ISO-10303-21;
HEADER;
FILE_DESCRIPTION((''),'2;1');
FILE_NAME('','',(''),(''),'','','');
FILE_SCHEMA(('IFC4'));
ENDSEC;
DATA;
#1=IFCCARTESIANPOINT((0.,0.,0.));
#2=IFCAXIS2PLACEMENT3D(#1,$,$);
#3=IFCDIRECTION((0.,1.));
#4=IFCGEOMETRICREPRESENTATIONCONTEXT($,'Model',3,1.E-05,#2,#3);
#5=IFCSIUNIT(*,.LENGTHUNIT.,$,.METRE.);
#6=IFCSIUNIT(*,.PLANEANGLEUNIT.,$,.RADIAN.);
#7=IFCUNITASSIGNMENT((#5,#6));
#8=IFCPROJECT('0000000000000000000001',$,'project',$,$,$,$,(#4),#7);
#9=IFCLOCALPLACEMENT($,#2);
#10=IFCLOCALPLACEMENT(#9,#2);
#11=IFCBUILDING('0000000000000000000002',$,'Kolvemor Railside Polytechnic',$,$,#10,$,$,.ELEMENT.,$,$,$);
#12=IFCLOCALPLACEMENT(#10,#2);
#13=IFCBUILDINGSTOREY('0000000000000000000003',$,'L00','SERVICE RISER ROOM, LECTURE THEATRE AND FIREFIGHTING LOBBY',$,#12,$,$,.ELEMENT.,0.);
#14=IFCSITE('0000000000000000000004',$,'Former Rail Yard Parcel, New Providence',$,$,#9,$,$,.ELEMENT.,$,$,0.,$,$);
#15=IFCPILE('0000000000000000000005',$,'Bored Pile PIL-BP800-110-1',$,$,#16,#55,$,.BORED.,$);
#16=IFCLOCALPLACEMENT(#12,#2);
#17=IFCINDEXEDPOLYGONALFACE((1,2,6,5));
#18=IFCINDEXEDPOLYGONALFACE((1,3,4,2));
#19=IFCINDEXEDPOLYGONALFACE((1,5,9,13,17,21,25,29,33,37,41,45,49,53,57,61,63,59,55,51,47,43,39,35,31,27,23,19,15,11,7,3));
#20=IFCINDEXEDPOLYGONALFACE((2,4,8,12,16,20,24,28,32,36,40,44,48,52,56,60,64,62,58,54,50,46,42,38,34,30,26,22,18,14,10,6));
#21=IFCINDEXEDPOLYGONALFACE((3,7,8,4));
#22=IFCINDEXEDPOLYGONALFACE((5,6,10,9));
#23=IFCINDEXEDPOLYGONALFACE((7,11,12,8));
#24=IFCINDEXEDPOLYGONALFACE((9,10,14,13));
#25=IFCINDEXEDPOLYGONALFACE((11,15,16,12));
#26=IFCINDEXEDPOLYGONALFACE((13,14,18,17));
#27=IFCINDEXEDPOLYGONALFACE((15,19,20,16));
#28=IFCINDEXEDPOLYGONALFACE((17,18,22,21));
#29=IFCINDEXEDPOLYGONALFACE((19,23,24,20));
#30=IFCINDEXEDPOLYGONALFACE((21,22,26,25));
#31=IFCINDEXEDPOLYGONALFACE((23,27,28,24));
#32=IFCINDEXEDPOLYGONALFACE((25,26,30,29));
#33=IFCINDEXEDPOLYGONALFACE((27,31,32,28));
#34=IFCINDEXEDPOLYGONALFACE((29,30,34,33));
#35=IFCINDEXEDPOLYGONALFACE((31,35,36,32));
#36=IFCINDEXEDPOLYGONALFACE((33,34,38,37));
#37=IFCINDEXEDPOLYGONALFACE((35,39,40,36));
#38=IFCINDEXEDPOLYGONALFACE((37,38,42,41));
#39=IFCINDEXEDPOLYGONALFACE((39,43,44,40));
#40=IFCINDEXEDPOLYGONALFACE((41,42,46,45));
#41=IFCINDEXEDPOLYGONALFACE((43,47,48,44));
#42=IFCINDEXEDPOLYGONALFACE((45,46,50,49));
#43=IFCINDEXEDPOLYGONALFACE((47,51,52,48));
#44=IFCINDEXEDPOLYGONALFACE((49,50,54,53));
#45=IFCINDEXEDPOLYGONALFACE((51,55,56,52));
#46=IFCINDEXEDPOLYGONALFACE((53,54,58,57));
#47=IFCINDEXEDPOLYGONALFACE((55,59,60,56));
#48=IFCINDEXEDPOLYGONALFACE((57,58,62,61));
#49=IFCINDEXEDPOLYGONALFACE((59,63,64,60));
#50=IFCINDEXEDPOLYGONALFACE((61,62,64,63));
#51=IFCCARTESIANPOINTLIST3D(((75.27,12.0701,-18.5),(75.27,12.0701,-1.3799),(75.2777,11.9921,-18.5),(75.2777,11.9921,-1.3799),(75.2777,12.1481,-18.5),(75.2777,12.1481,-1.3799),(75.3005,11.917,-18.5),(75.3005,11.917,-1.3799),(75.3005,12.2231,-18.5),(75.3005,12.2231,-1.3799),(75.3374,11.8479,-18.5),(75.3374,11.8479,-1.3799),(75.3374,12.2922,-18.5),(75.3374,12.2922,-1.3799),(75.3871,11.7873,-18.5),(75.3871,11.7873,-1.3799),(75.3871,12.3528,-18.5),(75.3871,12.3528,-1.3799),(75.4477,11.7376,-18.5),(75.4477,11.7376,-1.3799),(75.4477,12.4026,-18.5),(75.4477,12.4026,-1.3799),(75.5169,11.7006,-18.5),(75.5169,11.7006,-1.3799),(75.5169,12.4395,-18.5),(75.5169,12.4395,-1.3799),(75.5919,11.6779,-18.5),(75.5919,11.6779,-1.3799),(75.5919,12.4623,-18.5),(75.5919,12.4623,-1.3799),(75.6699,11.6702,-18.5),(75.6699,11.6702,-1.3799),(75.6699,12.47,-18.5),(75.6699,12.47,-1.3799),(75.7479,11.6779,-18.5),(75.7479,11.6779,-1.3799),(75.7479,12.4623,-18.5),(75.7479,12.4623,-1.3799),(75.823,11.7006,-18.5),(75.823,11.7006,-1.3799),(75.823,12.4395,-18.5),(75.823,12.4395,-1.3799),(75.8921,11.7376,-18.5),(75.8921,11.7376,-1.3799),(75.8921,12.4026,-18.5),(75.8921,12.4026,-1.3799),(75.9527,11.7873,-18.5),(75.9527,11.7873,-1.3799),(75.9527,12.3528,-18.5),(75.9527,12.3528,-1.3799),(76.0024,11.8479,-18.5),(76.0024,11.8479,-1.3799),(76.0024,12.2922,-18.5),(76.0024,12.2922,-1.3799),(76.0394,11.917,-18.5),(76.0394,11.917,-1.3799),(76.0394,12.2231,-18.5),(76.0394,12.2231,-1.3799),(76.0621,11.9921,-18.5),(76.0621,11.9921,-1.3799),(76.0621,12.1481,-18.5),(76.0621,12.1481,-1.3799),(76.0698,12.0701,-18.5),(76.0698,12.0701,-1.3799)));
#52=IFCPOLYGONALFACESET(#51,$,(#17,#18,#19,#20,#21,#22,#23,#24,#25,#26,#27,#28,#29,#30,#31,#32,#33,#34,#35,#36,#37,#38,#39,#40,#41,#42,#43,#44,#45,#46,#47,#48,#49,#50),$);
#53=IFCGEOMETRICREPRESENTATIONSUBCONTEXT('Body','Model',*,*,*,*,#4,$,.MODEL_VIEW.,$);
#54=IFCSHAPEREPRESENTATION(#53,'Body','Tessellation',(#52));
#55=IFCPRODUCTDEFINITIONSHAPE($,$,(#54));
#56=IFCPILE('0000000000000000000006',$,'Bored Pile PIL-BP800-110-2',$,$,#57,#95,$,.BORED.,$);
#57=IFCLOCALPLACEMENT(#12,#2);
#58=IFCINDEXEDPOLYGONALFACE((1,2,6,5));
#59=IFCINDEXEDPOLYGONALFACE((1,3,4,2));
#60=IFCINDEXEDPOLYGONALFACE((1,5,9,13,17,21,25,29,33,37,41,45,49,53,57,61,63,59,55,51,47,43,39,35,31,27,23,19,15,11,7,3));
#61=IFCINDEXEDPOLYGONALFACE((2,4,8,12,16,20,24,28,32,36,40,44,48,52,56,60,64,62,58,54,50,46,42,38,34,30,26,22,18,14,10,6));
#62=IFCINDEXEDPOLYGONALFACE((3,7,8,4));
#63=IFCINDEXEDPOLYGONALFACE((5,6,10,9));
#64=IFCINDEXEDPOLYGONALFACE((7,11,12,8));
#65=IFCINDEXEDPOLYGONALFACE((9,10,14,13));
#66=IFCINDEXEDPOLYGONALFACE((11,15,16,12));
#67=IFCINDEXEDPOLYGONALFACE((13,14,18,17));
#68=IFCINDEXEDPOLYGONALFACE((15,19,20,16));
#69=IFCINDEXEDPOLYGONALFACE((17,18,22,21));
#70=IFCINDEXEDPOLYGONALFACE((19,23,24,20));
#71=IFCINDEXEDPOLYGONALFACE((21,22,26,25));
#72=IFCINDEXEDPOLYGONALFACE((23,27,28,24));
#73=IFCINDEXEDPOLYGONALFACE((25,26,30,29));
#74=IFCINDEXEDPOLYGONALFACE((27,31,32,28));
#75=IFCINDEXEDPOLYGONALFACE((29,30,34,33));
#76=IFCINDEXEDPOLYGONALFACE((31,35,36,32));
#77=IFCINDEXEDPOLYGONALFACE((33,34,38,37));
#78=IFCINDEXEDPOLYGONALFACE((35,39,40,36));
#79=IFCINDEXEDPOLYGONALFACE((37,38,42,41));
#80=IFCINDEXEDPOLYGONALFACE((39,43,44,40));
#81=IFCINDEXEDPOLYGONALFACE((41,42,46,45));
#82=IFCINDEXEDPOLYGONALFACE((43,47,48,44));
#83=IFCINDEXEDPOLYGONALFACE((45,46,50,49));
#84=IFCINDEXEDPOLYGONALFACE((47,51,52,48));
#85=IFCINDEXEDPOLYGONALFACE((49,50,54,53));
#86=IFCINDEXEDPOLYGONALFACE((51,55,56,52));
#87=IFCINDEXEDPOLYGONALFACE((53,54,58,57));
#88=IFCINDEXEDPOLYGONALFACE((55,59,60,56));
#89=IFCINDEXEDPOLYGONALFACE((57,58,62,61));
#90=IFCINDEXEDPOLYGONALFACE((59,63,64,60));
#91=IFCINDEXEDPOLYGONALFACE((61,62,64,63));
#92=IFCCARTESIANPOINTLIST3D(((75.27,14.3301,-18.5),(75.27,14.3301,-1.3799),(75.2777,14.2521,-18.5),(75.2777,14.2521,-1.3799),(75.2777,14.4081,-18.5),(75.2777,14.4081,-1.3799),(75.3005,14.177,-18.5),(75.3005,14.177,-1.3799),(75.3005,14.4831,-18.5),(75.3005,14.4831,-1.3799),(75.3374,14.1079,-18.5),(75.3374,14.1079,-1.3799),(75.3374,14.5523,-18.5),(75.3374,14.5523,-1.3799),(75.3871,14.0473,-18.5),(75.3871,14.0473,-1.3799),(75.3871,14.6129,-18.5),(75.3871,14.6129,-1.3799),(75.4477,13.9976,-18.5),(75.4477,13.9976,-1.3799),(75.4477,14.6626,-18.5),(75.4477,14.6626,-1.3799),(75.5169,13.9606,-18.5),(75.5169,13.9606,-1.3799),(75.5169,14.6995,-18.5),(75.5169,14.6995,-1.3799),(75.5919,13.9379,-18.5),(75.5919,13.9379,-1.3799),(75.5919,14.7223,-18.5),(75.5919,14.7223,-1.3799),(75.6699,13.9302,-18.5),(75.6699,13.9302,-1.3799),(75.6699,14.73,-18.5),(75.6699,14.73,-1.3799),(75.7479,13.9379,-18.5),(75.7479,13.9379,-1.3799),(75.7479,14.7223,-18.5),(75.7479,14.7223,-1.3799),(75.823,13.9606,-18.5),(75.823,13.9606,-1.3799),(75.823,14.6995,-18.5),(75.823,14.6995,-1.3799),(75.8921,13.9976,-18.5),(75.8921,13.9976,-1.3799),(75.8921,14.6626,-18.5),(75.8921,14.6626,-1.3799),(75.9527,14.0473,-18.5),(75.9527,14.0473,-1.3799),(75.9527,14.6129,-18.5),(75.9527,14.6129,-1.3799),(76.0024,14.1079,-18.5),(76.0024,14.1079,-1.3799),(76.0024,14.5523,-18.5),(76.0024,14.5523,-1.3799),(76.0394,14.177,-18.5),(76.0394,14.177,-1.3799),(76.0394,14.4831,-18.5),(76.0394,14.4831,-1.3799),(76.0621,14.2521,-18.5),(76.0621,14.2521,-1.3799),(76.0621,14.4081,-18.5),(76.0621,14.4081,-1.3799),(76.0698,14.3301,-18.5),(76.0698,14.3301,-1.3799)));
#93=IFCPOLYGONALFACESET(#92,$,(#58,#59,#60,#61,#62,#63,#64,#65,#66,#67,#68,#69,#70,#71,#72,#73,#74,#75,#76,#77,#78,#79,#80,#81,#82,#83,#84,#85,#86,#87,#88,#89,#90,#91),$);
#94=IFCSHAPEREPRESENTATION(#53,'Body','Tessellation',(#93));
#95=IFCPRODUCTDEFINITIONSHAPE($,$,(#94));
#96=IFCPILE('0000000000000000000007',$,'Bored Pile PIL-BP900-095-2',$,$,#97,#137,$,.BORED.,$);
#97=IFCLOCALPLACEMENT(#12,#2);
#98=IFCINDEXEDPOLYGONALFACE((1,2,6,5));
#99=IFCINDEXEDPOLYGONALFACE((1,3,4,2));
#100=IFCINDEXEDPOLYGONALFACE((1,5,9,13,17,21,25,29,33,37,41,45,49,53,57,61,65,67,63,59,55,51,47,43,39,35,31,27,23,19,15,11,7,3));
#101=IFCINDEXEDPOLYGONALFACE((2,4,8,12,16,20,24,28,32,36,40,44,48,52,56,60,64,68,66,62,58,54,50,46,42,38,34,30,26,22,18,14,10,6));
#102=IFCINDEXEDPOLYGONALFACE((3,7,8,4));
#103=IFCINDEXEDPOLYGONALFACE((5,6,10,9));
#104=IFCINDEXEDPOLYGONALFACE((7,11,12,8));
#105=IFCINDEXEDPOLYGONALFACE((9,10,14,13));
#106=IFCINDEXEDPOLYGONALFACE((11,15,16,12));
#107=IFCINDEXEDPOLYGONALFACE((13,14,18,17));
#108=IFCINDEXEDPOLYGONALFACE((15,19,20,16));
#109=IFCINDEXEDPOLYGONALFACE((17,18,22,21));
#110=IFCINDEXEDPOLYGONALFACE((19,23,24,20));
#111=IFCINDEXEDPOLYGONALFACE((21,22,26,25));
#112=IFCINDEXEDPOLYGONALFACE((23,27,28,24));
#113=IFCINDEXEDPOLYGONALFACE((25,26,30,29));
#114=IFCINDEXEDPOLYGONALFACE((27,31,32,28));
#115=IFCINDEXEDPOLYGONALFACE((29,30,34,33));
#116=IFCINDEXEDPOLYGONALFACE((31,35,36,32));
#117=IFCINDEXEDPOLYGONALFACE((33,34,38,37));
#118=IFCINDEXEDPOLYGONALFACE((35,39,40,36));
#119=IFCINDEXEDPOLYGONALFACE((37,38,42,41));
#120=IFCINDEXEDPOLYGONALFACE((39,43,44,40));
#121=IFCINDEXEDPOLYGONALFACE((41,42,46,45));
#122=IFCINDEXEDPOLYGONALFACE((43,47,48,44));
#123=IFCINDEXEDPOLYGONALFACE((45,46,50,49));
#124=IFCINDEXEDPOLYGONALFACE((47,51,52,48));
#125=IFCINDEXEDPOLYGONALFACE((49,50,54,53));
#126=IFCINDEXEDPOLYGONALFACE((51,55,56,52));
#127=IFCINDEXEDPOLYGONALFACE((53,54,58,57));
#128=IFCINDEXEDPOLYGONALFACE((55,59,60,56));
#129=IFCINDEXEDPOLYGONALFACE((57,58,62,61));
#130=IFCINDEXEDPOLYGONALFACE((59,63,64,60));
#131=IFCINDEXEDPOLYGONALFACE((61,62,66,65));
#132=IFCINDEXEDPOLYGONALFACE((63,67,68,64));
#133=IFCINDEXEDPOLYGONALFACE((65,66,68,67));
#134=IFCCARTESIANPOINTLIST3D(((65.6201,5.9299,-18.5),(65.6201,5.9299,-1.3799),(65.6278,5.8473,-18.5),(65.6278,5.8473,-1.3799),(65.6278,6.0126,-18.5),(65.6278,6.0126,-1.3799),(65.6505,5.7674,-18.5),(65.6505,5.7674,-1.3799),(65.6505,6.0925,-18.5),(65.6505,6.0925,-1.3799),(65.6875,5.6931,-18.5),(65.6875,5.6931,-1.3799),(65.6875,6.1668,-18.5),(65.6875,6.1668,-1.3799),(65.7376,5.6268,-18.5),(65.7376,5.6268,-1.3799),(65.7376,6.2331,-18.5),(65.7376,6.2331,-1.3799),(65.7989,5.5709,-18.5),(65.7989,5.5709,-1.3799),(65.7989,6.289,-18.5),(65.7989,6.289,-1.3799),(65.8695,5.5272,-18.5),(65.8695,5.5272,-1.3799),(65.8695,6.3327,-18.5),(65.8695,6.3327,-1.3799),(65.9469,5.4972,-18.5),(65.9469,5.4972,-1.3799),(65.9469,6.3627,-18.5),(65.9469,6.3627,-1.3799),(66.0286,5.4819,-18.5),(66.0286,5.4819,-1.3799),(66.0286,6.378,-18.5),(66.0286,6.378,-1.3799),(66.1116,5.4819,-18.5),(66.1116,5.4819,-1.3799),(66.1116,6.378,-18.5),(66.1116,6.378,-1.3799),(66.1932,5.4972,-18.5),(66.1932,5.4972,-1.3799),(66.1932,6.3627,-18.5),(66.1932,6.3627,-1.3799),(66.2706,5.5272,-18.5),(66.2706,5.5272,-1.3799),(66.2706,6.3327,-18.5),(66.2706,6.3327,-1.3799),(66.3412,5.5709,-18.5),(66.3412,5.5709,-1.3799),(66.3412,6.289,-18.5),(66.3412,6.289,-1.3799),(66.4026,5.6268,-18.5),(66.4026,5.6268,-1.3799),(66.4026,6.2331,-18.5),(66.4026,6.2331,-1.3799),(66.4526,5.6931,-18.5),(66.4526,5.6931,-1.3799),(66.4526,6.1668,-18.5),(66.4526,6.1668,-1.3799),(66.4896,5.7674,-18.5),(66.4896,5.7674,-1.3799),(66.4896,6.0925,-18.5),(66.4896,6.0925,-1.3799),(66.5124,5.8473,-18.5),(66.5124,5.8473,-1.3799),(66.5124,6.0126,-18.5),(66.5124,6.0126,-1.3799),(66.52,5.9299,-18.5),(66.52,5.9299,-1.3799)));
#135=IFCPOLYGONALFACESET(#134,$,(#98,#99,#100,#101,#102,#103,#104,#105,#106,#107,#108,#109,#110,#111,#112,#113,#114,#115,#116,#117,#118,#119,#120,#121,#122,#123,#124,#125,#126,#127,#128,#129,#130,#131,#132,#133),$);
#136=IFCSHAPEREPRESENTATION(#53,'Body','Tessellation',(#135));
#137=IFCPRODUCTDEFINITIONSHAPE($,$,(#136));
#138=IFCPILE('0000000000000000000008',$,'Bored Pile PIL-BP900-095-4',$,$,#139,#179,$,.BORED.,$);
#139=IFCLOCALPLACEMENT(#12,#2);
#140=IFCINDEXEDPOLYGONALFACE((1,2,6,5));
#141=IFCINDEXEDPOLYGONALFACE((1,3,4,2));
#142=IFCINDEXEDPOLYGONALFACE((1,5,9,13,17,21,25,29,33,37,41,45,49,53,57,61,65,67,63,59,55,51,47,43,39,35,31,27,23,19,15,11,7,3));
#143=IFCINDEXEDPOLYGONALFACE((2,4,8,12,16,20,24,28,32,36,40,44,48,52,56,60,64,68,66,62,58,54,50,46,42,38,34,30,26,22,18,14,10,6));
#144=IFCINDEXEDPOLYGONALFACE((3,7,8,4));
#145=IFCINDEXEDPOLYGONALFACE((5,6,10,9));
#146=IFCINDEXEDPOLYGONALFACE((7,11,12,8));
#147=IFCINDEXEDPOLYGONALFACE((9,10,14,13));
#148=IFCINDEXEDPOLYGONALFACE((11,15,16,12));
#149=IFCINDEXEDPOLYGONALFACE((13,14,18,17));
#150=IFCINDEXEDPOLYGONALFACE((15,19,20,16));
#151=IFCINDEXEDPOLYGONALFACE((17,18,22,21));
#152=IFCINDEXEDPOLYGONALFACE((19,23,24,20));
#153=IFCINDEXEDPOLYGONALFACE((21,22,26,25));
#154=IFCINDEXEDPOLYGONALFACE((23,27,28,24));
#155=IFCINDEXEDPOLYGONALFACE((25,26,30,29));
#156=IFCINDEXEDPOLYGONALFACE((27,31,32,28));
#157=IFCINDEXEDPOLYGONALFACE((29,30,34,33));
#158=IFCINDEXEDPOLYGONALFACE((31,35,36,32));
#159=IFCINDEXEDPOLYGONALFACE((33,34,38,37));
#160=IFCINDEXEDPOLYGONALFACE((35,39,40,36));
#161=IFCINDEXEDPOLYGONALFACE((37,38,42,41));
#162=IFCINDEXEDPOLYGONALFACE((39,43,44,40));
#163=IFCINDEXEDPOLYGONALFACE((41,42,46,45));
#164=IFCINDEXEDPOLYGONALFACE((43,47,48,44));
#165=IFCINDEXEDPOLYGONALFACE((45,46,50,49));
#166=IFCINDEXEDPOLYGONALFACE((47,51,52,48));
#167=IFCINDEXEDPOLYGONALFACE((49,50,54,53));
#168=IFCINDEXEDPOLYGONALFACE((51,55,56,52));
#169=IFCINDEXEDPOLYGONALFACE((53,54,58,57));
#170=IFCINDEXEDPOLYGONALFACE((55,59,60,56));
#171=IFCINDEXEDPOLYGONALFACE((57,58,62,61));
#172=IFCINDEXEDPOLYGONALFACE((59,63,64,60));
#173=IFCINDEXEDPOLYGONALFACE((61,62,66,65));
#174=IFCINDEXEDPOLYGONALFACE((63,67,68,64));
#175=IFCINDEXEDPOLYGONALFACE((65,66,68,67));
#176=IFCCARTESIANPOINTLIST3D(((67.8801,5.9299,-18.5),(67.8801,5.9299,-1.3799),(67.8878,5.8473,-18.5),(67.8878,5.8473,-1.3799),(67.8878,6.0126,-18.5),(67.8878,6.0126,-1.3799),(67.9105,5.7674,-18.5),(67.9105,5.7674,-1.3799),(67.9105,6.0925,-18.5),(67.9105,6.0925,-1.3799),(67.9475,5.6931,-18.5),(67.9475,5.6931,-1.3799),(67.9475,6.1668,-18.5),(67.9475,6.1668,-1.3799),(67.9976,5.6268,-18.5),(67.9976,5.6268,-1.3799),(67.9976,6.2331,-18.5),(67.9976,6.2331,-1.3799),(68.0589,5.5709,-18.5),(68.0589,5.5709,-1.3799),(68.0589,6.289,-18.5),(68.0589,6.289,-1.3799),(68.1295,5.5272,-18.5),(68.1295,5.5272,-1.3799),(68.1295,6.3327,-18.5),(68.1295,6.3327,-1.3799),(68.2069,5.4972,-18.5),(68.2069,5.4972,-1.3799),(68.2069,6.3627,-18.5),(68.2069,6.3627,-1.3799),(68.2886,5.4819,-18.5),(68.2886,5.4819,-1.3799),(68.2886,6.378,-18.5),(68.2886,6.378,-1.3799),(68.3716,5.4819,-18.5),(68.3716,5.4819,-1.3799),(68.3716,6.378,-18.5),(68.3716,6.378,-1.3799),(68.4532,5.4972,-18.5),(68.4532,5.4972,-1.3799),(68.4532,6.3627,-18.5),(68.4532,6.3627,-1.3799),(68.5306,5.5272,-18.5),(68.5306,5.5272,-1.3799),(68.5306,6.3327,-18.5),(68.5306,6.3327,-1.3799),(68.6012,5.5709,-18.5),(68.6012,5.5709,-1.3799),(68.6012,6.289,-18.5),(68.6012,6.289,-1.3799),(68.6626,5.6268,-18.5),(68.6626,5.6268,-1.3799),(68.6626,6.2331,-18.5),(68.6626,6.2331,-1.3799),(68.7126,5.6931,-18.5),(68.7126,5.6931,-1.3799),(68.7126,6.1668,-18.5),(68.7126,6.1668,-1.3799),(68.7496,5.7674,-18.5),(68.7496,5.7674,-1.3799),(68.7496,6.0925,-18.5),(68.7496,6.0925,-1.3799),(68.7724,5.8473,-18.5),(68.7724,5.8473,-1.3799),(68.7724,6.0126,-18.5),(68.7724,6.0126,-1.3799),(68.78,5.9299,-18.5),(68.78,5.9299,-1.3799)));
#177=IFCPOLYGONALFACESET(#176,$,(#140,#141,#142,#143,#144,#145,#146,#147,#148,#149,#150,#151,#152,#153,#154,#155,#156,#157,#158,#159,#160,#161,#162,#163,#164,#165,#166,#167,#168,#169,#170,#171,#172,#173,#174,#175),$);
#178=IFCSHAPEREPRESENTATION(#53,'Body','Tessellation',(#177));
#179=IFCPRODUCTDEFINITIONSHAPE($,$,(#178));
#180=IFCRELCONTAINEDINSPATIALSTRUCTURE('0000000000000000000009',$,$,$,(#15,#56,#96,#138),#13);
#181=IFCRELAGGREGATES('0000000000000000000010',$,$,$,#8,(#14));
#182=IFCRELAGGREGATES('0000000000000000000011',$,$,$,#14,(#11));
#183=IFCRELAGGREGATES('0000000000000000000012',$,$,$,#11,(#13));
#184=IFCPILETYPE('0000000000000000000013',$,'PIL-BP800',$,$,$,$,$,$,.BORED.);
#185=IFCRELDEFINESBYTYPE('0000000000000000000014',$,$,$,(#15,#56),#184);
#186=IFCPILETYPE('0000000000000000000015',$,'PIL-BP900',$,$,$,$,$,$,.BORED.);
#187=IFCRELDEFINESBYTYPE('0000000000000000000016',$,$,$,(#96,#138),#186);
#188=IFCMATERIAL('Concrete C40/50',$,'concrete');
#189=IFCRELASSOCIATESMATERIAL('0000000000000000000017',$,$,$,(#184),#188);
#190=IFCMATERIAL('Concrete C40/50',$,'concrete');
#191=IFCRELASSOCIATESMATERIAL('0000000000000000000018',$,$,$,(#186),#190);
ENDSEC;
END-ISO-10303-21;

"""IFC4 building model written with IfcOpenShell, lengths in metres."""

from ifc_helpers import new_model, si_unit, direction, frame, origin, origin_2d, place, context, subcontext, project, spatial, circle, extrude, material, material_profile, profile_set, type_object, element, save


model = new_model("IFC4")

# Units and contexts
model_context = context("Model", 3, precision=1e-05, world=origin(), true_north=direction((0.0, 1.0)))
body_context = subcontext(model_context, "Body", "Model", "MODEL_VIEW")
ifc_project = project(units=[si_unit("LENGTHUNIT", "METRE"), si_unit("PLANEANGLEUNIT", "RADIAN")], contexts=[model_context])

# Site, building, storey
site_placement = place(None, origin())
site = spatial("IfcSite", under=ifc_project, at=site_placement, Name="Former Rail Yard Parcel, New Providence", CompositionType="ELEMENT", RefElevation=0.0)
building_placement = place(site_placement, origin())
building = spatial("IfcBuilding", under=site, at=building_placement, Name="Kolvemor Railside Polytechnic", CompositionType="ELEMENT")
storey_placement = place(building_placement, origin())
storey = spatial("IfcBuildingStorey", under=building, at=storey_placement, Name="L00", Description="SERVICE RISER ROOM, LECTURE THEATRE AND FIREFIGHTING LOBBY", CompositionType="ELEMENT", Elevation=0.0)

# Piles
ifc_material_1 = material(Name="Concrete C40/50", Category="concrete")
ifc_material_profile_1 = material_profile(ifc_material_1, circle(Radius=0.3999, at=origin_2d()), Name="BP800")
ifc_profile_set_1 = profile_set([ifc_material_profile_1], Name="Concrete C40/50")
pile_type_1 = type_object("IfcPileType", Name="PIL-BP800", PredefinedType="BORED", material=ifc_profile_set_1)
for number, where, z_axis, x_axis, name in (
    (1, (75.6699, 12.0701, -1.3799), (0.0, 0.0, -1.0), (1.0, 0.0, 0.0), "Bored Pile PIL-BP800-110-1"),
    (2, (75.6699, 14.3301, -1.3799), (0.0, 0.0, -1.0), (1.0, 0.0, 0.0), "Bored Pile PIL-BP800-110-2"),
):
    element("IfcPile", number, at=place(storey_placement, frame(where, z_axis=z_axis, x_axis=x_axis)), inside=storey, type_object=pile_type_1, Name=name, PredefinedType="BORED", context=body_context, shape_type="SweptSolid", body=[
        extrude(circle(Radius=0.3999, at=origin_2d()), origin(), (0.0, 0.0, 1.0), 17.1201),
    ])
ifc_material_2 = material(Name="Concrete C40/50", Category="concrete")
ifc_material_profile_2 = material_profile(ifc_material_2, circle(Radius=0.45, at=origin_2d()), Name="BP900")
ifc_profile_set_2 = profile_set([ifc_material_profile_2], Name="Concrete C40/50")
pile_type_2 = type_object("IfcPileType", Name="PIL-BP900", PredefinedType="BORED", material=ifc_profile_set_2)
for number, where, z_axis, x_axis, name in (
    (3, (66.0701, 5.9299, -1.3799), (0.0, 0.0, -1.0), (1.0, 0.0, 0.0), "Bored Pile PIL-BP900-095-2"),
    (4, (68.3301, 5.9299, -1.3799), (0.0, 0.0, -1.0), (1.0, 0.0, 0.0), "Bored Pile PIL-BP900-095-4"),
):
    element("IfcPile", number, at=place(storey_placement, frame(where, z_axis=z_axis, x_axis=x_axis)), inside=storey, type_object=pile_type_2, Name=name, PredefinedType="BORED", context=body_context, shape_type="SweptSolid", body=[
        extrude(circle(Radius=0.45, at=origin_2d()), origin(), (0.0, 0.0, 1.0), 17.1201),
    ])

save(model, "model.ifc")
